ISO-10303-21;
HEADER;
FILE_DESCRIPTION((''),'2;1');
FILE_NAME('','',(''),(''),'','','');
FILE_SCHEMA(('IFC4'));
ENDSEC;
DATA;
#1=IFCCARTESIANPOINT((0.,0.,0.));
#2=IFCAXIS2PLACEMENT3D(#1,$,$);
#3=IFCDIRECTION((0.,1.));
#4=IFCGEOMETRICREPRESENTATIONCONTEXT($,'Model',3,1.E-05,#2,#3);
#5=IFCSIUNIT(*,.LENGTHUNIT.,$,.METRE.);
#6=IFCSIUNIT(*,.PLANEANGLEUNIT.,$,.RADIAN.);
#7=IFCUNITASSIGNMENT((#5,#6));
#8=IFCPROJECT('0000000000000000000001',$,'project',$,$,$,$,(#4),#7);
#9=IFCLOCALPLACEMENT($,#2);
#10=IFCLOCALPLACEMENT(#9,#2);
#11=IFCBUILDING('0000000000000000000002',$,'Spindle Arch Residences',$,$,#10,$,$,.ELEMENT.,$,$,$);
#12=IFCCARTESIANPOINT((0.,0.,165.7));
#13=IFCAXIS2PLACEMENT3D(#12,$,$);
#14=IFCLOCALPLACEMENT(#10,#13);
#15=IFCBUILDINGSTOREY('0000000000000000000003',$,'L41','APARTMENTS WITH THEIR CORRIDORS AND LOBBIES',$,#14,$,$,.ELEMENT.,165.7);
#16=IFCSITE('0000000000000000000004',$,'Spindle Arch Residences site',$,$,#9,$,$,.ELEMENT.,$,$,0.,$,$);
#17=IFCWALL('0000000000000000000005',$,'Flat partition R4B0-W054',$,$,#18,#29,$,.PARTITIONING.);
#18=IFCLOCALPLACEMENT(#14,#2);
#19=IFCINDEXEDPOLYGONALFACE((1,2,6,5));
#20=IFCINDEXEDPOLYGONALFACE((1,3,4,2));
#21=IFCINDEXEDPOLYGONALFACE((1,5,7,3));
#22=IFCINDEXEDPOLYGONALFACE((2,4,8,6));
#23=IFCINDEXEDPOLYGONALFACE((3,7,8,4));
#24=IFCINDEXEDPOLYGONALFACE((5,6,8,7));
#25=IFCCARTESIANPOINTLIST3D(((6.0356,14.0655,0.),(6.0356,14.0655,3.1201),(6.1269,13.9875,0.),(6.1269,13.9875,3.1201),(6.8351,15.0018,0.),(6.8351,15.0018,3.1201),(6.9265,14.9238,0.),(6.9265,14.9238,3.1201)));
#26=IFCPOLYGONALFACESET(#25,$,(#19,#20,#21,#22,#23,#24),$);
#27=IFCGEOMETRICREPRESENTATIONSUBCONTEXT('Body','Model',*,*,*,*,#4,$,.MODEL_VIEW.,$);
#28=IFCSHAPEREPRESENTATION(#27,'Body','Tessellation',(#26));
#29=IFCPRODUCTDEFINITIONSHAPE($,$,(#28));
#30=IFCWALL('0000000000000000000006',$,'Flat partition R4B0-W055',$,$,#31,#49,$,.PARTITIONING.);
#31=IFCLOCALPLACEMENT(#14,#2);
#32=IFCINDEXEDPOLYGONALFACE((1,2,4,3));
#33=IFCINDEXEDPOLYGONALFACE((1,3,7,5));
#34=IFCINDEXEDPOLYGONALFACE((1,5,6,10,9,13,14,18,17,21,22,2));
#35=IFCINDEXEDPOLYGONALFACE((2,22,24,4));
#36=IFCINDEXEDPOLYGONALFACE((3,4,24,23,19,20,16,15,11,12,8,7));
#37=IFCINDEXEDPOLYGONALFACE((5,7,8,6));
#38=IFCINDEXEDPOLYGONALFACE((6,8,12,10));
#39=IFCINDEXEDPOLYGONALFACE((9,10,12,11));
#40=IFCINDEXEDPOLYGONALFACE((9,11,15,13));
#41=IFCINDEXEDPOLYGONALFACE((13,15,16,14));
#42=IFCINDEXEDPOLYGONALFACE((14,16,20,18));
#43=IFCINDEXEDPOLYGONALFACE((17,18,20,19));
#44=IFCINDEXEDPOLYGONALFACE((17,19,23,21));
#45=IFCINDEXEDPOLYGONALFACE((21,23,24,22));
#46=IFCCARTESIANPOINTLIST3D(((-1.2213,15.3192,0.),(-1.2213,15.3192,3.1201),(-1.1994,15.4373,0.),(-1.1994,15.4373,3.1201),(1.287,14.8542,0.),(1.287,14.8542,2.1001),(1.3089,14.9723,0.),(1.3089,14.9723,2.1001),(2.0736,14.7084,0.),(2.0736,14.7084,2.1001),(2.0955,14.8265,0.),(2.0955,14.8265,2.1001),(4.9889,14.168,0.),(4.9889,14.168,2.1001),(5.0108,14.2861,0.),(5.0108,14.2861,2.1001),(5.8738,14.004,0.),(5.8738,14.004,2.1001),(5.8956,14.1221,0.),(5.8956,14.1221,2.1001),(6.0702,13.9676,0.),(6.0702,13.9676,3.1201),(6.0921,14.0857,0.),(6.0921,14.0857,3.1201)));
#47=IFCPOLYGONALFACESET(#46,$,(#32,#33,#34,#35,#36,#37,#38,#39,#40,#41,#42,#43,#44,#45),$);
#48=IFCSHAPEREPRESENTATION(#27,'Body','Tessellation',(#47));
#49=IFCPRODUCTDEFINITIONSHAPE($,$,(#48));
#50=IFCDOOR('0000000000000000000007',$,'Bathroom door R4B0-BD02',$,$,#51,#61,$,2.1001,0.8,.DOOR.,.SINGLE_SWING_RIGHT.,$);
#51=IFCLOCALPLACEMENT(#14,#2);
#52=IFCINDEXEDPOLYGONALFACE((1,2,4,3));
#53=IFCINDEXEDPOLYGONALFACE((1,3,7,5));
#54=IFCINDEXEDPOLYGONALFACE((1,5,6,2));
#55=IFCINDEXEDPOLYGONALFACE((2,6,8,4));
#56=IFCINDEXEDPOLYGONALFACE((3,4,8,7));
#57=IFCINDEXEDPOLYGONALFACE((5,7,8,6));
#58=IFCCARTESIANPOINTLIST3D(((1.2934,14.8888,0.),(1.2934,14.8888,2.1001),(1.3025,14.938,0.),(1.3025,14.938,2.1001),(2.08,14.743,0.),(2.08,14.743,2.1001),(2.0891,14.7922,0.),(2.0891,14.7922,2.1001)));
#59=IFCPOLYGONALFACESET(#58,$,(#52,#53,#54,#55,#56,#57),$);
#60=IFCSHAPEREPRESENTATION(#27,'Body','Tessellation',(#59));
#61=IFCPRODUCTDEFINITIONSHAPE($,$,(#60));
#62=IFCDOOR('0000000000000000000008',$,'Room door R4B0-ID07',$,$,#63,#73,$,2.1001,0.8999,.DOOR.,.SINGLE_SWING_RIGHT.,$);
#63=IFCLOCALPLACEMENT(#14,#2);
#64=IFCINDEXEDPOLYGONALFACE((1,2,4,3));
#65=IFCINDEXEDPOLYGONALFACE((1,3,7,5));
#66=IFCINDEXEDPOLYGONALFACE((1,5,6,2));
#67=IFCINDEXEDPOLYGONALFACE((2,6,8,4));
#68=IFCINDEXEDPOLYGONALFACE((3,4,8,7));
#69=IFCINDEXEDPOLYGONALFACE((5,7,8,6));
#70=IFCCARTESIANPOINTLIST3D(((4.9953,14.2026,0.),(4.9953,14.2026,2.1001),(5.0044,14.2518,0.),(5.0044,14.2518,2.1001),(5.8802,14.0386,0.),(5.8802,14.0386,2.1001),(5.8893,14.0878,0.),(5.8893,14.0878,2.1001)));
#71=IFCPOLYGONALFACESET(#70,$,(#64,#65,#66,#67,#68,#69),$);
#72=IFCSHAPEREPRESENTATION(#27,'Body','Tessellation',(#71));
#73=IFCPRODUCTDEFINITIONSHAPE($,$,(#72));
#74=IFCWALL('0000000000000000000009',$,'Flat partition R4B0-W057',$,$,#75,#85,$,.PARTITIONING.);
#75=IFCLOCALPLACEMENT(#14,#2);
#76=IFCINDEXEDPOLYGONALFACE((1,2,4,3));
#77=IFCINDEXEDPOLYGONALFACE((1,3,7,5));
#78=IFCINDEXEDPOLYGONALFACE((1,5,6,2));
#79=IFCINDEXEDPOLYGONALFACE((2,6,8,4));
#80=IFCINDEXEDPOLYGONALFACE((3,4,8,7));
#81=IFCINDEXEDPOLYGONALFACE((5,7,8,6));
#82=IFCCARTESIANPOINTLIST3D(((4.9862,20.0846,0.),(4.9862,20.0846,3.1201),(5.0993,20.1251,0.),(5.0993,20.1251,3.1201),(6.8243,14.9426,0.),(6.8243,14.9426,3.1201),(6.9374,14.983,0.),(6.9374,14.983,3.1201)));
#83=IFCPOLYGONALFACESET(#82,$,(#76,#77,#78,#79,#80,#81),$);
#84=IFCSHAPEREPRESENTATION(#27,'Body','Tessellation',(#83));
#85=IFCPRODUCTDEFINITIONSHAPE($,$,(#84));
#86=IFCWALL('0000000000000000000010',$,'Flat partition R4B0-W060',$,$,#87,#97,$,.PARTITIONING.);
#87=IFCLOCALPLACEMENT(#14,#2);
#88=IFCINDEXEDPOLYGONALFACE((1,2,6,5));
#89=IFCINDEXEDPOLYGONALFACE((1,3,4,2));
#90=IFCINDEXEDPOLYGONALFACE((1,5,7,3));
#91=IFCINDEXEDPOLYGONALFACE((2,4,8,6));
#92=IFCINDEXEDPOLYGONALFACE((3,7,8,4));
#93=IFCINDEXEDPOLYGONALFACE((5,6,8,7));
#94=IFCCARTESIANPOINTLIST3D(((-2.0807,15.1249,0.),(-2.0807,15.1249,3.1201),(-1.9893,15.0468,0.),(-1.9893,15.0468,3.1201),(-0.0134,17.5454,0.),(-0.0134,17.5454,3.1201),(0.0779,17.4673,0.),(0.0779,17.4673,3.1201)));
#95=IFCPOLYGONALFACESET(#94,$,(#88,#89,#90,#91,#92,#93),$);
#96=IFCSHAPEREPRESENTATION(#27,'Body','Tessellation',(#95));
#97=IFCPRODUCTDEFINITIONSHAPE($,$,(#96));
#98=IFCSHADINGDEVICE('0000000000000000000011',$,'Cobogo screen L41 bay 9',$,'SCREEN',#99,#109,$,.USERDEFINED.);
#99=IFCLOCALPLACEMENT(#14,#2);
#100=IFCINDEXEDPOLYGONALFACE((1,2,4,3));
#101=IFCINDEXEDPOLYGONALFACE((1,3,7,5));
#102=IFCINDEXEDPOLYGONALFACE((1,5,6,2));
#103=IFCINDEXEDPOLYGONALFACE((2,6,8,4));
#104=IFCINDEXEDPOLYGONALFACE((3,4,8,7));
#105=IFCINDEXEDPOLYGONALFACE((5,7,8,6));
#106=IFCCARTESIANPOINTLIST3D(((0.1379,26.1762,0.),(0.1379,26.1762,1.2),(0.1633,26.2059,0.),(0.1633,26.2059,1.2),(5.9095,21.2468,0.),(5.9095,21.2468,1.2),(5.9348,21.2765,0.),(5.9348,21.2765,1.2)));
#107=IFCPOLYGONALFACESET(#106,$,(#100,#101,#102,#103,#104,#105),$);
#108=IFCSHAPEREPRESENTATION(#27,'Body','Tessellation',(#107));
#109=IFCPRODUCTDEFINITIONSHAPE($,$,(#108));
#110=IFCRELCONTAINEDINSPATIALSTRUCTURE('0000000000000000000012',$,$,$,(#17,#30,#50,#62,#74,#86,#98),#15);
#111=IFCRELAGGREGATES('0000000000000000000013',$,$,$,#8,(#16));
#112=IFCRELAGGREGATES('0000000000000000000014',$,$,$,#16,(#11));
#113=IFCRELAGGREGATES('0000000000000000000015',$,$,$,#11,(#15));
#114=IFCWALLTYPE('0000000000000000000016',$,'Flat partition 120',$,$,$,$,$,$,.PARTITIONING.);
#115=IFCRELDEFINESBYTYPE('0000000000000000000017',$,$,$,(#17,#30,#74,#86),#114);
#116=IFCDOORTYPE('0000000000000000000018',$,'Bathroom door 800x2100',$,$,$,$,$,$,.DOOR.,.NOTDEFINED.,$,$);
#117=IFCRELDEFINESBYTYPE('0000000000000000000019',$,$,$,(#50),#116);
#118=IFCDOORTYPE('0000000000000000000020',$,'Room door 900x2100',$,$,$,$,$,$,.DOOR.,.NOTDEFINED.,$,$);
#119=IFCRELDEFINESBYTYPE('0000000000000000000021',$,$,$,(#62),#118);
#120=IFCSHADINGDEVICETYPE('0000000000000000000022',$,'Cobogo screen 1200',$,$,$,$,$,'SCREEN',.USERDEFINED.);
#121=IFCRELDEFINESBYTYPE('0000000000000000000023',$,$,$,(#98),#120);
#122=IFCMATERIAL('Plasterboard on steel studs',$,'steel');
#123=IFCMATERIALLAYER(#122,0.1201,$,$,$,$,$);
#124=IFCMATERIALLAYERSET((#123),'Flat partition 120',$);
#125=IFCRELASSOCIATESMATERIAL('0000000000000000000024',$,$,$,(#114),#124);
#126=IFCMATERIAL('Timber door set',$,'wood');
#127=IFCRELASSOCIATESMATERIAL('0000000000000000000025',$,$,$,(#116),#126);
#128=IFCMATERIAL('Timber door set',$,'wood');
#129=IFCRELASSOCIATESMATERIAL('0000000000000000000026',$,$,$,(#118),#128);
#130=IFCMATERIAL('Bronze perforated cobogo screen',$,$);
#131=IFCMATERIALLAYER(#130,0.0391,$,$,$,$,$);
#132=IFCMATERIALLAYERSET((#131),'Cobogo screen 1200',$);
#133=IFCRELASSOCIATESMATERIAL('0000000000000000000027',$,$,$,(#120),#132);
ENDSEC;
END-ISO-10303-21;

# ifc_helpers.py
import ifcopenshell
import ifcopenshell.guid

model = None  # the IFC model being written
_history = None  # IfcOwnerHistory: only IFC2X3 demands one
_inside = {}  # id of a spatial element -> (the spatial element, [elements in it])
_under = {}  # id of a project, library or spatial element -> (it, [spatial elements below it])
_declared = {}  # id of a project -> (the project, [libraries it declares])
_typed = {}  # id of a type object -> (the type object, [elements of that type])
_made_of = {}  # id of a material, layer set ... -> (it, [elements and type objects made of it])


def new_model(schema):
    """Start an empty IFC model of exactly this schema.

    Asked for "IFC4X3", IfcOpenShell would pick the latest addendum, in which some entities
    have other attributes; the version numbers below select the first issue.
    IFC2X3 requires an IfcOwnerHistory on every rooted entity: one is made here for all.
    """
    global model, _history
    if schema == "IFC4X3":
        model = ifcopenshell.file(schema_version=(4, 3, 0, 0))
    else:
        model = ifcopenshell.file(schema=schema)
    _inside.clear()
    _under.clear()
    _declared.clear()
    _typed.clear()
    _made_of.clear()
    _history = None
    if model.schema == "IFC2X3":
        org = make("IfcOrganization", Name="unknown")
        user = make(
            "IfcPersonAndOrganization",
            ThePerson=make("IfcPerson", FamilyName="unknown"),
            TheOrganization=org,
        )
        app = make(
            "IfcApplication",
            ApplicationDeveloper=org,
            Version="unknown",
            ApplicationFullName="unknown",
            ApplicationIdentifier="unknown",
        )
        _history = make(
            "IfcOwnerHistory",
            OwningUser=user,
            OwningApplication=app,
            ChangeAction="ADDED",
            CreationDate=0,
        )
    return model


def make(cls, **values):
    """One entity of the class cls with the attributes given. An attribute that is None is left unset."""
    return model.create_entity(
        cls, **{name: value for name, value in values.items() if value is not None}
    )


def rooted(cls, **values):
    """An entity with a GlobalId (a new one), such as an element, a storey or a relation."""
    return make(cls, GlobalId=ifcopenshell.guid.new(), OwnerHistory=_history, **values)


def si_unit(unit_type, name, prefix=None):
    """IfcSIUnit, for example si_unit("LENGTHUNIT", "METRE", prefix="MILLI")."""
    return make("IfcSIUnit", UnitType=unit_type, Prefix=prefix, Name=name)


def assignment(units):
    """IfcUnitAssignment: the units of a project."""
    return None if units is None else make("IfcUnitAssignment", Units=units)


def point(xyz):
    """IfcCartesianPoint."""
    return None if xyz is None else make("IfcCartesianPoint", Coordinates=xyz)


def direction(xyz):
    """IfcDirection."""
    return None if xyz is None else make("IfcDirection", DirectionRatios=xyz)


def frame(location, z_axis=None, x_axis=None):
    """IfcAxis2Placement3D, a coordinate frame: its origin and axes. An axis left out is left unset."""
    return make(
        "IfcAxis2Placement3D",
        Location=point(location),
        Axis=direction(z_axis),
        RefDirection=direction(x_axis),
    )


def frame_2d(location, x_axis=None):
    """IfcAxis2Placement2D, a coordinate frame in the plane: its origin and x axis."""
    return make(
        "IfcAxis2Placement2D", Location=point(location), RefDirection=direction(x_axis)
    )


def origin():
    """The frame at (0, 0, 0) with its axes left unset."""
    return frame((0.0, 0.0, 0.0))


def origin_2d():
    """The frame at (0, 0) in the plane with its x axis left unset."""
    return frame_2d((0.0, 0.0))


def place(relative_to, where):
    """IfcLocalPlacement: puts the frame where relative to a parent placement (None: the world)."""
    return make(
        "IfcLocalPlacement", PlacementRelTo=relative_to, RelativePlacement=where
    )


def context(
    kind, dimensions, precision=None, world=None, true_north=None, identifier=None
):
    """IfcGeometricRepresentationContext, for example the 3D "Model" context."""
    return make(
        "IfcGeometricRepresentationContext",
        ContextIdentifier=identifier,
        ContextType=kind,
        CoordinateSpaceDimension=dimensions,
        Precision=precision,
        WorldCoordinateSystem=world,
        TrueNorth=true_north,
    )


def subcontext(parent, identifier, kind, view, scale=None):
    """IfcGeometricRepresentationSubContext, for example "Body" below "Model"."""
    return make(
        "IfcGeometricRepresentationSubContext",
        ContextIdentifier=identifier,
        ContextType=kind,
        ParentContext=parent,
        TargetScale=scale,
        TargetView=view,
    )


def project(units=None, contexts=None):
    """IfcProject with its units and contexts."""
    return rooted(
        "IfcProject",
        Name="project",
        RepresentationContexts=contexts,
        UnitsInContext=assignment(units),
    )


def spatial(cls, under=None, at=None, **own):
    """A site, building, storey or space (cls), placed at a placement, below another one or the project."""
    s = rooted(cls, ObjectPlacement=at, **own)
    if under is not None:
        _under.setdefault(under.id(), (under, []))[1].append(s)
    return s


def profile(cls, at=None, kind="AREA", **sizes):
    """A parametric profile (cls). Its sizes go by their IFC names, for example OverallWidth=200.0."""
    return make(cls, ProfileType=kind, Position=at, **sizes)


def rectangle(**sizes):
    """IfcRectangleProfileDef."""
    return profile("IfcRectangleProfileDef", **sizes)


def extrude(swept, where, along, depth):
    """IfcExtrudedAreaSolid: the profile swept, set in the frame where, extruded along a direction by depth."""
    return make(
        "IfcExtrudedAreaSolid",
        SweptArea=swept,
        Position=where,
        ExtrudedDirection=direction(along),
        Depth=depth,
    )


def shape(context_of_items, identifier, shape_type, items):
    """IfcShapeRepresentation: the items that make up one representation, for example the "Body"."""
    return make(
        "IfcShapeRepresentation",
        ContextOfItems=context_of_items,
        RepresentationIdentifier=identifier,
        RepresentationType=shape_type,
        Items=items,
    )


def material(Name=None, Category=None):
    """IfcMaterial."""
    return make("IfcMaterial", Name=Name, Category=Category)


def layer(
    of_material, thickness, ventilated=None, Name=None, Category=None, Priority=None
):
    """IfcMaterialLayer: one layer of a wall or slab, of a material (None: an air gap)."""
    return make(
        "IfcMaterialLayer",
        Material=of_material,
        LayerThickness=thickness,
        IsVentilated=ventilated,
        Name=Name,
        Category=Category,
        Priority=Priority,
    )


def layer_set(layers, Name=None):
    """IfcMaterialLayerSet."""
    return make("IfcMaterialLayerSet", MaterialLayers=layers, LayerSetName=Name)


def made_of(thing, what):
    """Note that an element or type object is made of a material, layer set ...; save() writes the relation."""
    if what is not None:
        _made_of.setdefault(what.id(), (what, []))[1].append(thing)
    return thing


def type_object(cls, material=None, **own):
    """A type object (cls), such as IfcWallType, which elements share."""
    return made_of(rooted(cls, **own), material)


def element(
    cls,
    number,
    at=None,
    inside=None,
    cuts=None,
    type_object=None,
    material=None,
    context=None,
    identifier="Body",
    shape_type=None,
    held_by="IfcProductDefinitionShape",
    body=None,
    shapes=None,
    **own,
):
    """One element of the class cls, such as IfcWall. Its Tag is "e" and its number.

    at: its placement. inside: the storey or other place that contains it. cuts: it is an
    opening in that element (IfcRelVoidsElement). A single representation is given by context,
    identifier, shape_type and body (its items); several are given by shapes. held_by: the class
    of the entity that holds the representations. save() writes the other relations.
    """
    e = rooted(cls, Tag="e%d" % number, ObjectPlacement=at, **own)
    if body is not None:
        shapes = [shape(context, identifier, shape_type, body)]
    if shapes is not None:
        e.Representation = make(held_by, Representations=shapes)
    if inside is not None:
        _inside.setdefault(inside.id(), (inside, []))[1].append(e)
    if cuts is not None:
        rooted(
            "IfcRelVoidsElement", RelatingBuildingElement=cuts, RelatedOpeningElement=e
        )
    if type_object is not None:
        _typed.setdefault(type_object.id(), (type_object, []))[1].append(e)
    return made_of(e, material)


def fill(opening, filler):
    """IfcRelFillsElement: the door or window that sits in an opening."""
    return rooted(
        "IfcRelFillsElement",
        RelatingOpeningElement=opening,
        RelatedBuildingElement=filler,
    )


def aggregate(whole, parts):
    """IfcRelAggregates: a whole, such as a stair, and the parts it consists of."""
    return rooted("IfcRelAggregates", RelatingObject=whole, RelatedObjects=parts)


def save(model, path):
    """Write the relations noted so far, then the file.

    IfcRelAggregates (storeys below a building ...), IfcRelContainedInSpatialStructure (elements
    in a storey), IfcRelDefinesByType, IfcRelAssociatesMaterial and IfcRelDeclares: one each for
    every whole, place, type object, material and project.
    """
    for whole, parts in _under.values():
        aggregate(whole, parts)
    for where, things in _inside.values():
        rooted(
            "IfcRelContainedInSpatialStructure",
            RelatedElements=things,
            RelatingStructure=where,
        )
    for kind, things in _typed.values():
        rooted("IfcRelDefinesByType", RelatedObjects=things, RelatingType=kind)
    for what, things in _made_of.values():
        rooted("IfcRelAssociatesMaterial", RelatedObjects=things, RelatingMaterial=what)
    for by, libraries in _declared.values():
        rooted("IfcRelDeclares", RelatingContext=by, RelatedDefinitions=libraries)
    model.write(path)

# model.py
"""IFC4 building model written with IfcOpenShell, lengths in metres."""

from ifc_helpers import new_model, si_unit, direction, frame, frame_2d, origin, origin_2d, place, context, subcontext, project, spatial, rectangle, extrude, material, layer, layer_set, type_object, element, fill, save


model = new_model("IFC4")

# Units and contexts
model_context = context("Model", 3, precision=1e-05, world=origin(), true_north=direction((0.0, 1.0)))
body_context = subcontext(model_context, "Body", "Model", "MODEL_VIEW")
ifc_project = project(units=[si_unit("LENGTHUNIT", "METRE"), si_unit("PLANEANGLEUNIT", "RADIAN")], contexts=[model_context])

# Site, building, storey
site_placement = place(None, origin())
site = spatial("IfcSite", under=ifc_project, at=site_placement, Name="Spindle Arch Residences site", CompositionType="ELEMENT", RefElevation=0.0)
building_placement = place(site_placement, origin())
building = spatial("IfcBuilding", under=site, at=building_placement, Name="Spindle Arch Residences", CompositionType="ELEMENT")
storey_placement = place(building_placement, frame((0.0, 0.0, 165.7)))
storey = spatial("IfcBuildingStorey", under=building, at=storey_placement, Name="L41", Description="APARTMENTS WITH THEIR CORRIDORS AND LOBBIES", CompositionType="ELEMENT", Elevation=165.7)

# Wall
ifc_material_1 = material(Name="Plasterboard on steel studs", Category="steel")
ifc_layer_1 = layer(ifc_material_1, 0.1201)
ifc_layer_set_1 = layer_set([ifc_layer_1], Name="Flat partition 120")
wall_type_1 = type_object("IfcWallType", Name="Flat partition 120", PredefinedType="PARTITIONING", material=ifc_layer_set_1)
wall_1_placement = place(storey_placement, frame((6.8809, 14.9629, 0.0), z_axis=(0.0, 0.0, 1.0), x_axis=(-0.649402, -0.760445, 0.0)))
element("IfcWall", 1, at=wall_1_placement, inside=storey, type_object=wall_type_1, Name="Flat partition R4B0-W054", PredefinedType="PARTITIONING", context=body_context, shape_type="SweptSolid", body=[
    extrude(rectangle(XDim=1.2312, YDim=0.1201, at=frame_2d((0.6157, 0.0))), origin(), (0.0, 0.0, 1.0), 3.1201),
])

# Wall, openings, doors
wall_2_placement = place(storey_placement, frame((6.0813, 14.0266, 0.0), z_axis=(0.0, 0.0, 1.0), x_axis=(-0.983251, 0.182257, 0.0)))
wall_2 = element("IfcWall", 2, at=wall_2_placement, inside=storey, type_object=wall_type_1, Name="Flat partition R4B0-W055", PredefinedType="PARTITIONING", context=body_context, shape_type="SweptSolid", body=[
    extrude(rectangle(XDim=7.4158, YDim=0.1201, at=frame_2d((3.708, 0.0))), origin(), (0.0, 0.0, 1.0), 3.1201),
])
opening_1_placement = place(wall_2_placement, frame((0.2, 0.0, 0.0)))
opening_1 = element("IfcOpeningElement", 3, at=opening_1_placement, cuts=wall_2, PredefinedType="OPENING", context=body_context, shape_type="SweptSolid", body=[
    extrude(rectangle(XDim=0.8999, YDim=2.1001, at=frame_2d((0.45, 1.05))), frame((0.0, 0.0701, 0.0), z_axis=(0.0, -1.0, 0.0), x_axis=(1.0, 0.0, 0.0)), (0.0, 0.0, 1.0), 0.1401),
])
opening_2_placement = place(wall_2_placement, frame((4.0649, 0.0, 0.0)))
opening_2 = element("IfcOpeningElement", 4, at=opening_2_placement, cuts=wall_2, PredefinedType="OPENING", context=body_context, shape_type="SweptSolid", body=[
    extrude(rectangle(XDim=0.8, YDim=2.1001, at=frame_2d((0.3999, 1.05))), frame((0.0, 0.0701, 0.0), z_axis=(0.0, -1.0, 0.0), x_axis=(1.0, 0.0, 0.0)), (0.0, 0.0, 1.0), 0.1401),
])
ifc_material_2 = material(Name="Timber door set", Category="wood")
door_type_1 = type_object("IfcDoorType", Name="Bathroom door 800x2100", OperationType="NOTDEFINED", PredefinedType="DOOR", material=ifc_material_2)
door_1_placement = place(opening_2_placement, origin())
door_1 = element("IfcDoor", 5, at=door_1_placement, inside=storey, type_object=door_type_1, Name="Bathroom door R4B0-BD02", OperationType="SINGLE_SWING_RIGHT", OverallHeight=2.1001, OverallWidth=0.8, PredefinedType="DOOR", context=body_context, shape_type="SweptSolid", body=[
    extrude(rectangle(XDim=0.8, YDim=2.1001, at=frame_2d((0.3999, 1.05))), frame((0.0, 0.0249, 0.0), z_axis=(0.0, -1.0, 0.0), x_axis=(1.0, 0.0, 0.0)), (0.0, 0.0, 1.0), 0.05),
])
fill(opening_2, door_1)
ifc_material_3 = material(Name="Timber door set", Category="wood")
door_type_2 = type_object("IfcDoorType", Name="Room door 900x2100", OperationType="NOTDEFINED", PredefinedType="DOOR", material=ifc_material_3)
door_2_placement = place(opening_1_placement, origin())
door_2 = element("IfcDoor", 6, at=door_2_placement, inside=storey, type_object=door_type_2, Name="Room door R4B0-ID07", OperationType="SINGLE_SWING_RIGHT", OverallHeight=2.1001, OverallWidth=0.8999, PredefinedType="DOOR", context=body_context, shape_type="SweptSolid", body=[
    extrude(rectangle(XDim=0.8999, YDim=2.1001, at=frame_2d((0.45, 1.05))), frame((0.0, 0.0249, 0.0), z_axis=(0.0, -1.0, 0.0), x_axis=(1.0, 0.0, 0.0)), (0.0, 0.0, 1.0), 0.05),
])
fill(opening_1, door_2)

# Walls
wall_3_placement = place(storey_placement, frame((5.0427, 20.105, 0.0), z_axis=(0.0, 0.0, 1.0), x_axis=(0.336608, -0.941645, 0.0)))
element("IfcWall", 7, at=wall_3_placement, inside=storey, type_object=wall_type_1, Name="Flat partition R4B0-W057", PredefinedType="PARTITIONING", context=body_context, shape_type="SweptSolid", body=[
    extrude(rectangle(XDim=5.4607, YDim=0.1201, at=frame_2d((2.7305, 0.0))), origin(), (0.0, 0.0, 1.0), 3.1201),
])
wall_4_placement = place(storey_placement, frame((0.0322, 17.5063, 0.0), z_axis=(0.0, 0.0, 1.0), x_axis=(-0.649432, -0.760419, 0.0)))
element("IfcWall", 8, at=wall_4_placement, inside=storey, type_object=wall_type_1, Name="Flat partition R4B0-W060", PredefinedType="PARTITIONING", context=body_context, shape_type="SweptSolid", body=[
    extrude(rectangle(XDim=3.1831, YDim=0.1201, at=frame_2d((1.5916, 0.0))), origin(), (0.0, 0.0, 1.0), 3.1201),
])

# Shading device
ifc_material_4 = material(Name="Bronze perforated cobogo screen")
ifc_layer_2 = layer(ifc_material_4, 0.0391)
ifc_layer_set_2 = layer_set([ifc_layer_2], Name="Cobogo screen 1200")
shading_device_type = type_object("IfcShadingDeviceType", Name="Cobogo screen 1200", ElementType="SCREEN", PredefinedType="USERDEFINED", material=ifc_layer_set_2)
shading_device_placement = place(storey_placement, frame((3.0364, 23.7263, 0.0), z_axis=(0.0, 0.0, 1.0), x_axis=(-0.760406, 0.649448, 0.0)))
element("IfcShadingDevice", 9, at=shading_device_placement, inside=storey, type_object=shading_device_type, Name="Cobogo screen L41 bay 9", ObjectType="SCREEN", PredefinedType="USERDEFINED", context=body_context, shape_type="SweptSolid", body=[
    extrude(rectangle(XDim=7.5901, YDim=0.0391, at=origin_2d()), origin(), (0.0, 0.0, 1.0), 1.2),
])

save(model, "model.ifc")
